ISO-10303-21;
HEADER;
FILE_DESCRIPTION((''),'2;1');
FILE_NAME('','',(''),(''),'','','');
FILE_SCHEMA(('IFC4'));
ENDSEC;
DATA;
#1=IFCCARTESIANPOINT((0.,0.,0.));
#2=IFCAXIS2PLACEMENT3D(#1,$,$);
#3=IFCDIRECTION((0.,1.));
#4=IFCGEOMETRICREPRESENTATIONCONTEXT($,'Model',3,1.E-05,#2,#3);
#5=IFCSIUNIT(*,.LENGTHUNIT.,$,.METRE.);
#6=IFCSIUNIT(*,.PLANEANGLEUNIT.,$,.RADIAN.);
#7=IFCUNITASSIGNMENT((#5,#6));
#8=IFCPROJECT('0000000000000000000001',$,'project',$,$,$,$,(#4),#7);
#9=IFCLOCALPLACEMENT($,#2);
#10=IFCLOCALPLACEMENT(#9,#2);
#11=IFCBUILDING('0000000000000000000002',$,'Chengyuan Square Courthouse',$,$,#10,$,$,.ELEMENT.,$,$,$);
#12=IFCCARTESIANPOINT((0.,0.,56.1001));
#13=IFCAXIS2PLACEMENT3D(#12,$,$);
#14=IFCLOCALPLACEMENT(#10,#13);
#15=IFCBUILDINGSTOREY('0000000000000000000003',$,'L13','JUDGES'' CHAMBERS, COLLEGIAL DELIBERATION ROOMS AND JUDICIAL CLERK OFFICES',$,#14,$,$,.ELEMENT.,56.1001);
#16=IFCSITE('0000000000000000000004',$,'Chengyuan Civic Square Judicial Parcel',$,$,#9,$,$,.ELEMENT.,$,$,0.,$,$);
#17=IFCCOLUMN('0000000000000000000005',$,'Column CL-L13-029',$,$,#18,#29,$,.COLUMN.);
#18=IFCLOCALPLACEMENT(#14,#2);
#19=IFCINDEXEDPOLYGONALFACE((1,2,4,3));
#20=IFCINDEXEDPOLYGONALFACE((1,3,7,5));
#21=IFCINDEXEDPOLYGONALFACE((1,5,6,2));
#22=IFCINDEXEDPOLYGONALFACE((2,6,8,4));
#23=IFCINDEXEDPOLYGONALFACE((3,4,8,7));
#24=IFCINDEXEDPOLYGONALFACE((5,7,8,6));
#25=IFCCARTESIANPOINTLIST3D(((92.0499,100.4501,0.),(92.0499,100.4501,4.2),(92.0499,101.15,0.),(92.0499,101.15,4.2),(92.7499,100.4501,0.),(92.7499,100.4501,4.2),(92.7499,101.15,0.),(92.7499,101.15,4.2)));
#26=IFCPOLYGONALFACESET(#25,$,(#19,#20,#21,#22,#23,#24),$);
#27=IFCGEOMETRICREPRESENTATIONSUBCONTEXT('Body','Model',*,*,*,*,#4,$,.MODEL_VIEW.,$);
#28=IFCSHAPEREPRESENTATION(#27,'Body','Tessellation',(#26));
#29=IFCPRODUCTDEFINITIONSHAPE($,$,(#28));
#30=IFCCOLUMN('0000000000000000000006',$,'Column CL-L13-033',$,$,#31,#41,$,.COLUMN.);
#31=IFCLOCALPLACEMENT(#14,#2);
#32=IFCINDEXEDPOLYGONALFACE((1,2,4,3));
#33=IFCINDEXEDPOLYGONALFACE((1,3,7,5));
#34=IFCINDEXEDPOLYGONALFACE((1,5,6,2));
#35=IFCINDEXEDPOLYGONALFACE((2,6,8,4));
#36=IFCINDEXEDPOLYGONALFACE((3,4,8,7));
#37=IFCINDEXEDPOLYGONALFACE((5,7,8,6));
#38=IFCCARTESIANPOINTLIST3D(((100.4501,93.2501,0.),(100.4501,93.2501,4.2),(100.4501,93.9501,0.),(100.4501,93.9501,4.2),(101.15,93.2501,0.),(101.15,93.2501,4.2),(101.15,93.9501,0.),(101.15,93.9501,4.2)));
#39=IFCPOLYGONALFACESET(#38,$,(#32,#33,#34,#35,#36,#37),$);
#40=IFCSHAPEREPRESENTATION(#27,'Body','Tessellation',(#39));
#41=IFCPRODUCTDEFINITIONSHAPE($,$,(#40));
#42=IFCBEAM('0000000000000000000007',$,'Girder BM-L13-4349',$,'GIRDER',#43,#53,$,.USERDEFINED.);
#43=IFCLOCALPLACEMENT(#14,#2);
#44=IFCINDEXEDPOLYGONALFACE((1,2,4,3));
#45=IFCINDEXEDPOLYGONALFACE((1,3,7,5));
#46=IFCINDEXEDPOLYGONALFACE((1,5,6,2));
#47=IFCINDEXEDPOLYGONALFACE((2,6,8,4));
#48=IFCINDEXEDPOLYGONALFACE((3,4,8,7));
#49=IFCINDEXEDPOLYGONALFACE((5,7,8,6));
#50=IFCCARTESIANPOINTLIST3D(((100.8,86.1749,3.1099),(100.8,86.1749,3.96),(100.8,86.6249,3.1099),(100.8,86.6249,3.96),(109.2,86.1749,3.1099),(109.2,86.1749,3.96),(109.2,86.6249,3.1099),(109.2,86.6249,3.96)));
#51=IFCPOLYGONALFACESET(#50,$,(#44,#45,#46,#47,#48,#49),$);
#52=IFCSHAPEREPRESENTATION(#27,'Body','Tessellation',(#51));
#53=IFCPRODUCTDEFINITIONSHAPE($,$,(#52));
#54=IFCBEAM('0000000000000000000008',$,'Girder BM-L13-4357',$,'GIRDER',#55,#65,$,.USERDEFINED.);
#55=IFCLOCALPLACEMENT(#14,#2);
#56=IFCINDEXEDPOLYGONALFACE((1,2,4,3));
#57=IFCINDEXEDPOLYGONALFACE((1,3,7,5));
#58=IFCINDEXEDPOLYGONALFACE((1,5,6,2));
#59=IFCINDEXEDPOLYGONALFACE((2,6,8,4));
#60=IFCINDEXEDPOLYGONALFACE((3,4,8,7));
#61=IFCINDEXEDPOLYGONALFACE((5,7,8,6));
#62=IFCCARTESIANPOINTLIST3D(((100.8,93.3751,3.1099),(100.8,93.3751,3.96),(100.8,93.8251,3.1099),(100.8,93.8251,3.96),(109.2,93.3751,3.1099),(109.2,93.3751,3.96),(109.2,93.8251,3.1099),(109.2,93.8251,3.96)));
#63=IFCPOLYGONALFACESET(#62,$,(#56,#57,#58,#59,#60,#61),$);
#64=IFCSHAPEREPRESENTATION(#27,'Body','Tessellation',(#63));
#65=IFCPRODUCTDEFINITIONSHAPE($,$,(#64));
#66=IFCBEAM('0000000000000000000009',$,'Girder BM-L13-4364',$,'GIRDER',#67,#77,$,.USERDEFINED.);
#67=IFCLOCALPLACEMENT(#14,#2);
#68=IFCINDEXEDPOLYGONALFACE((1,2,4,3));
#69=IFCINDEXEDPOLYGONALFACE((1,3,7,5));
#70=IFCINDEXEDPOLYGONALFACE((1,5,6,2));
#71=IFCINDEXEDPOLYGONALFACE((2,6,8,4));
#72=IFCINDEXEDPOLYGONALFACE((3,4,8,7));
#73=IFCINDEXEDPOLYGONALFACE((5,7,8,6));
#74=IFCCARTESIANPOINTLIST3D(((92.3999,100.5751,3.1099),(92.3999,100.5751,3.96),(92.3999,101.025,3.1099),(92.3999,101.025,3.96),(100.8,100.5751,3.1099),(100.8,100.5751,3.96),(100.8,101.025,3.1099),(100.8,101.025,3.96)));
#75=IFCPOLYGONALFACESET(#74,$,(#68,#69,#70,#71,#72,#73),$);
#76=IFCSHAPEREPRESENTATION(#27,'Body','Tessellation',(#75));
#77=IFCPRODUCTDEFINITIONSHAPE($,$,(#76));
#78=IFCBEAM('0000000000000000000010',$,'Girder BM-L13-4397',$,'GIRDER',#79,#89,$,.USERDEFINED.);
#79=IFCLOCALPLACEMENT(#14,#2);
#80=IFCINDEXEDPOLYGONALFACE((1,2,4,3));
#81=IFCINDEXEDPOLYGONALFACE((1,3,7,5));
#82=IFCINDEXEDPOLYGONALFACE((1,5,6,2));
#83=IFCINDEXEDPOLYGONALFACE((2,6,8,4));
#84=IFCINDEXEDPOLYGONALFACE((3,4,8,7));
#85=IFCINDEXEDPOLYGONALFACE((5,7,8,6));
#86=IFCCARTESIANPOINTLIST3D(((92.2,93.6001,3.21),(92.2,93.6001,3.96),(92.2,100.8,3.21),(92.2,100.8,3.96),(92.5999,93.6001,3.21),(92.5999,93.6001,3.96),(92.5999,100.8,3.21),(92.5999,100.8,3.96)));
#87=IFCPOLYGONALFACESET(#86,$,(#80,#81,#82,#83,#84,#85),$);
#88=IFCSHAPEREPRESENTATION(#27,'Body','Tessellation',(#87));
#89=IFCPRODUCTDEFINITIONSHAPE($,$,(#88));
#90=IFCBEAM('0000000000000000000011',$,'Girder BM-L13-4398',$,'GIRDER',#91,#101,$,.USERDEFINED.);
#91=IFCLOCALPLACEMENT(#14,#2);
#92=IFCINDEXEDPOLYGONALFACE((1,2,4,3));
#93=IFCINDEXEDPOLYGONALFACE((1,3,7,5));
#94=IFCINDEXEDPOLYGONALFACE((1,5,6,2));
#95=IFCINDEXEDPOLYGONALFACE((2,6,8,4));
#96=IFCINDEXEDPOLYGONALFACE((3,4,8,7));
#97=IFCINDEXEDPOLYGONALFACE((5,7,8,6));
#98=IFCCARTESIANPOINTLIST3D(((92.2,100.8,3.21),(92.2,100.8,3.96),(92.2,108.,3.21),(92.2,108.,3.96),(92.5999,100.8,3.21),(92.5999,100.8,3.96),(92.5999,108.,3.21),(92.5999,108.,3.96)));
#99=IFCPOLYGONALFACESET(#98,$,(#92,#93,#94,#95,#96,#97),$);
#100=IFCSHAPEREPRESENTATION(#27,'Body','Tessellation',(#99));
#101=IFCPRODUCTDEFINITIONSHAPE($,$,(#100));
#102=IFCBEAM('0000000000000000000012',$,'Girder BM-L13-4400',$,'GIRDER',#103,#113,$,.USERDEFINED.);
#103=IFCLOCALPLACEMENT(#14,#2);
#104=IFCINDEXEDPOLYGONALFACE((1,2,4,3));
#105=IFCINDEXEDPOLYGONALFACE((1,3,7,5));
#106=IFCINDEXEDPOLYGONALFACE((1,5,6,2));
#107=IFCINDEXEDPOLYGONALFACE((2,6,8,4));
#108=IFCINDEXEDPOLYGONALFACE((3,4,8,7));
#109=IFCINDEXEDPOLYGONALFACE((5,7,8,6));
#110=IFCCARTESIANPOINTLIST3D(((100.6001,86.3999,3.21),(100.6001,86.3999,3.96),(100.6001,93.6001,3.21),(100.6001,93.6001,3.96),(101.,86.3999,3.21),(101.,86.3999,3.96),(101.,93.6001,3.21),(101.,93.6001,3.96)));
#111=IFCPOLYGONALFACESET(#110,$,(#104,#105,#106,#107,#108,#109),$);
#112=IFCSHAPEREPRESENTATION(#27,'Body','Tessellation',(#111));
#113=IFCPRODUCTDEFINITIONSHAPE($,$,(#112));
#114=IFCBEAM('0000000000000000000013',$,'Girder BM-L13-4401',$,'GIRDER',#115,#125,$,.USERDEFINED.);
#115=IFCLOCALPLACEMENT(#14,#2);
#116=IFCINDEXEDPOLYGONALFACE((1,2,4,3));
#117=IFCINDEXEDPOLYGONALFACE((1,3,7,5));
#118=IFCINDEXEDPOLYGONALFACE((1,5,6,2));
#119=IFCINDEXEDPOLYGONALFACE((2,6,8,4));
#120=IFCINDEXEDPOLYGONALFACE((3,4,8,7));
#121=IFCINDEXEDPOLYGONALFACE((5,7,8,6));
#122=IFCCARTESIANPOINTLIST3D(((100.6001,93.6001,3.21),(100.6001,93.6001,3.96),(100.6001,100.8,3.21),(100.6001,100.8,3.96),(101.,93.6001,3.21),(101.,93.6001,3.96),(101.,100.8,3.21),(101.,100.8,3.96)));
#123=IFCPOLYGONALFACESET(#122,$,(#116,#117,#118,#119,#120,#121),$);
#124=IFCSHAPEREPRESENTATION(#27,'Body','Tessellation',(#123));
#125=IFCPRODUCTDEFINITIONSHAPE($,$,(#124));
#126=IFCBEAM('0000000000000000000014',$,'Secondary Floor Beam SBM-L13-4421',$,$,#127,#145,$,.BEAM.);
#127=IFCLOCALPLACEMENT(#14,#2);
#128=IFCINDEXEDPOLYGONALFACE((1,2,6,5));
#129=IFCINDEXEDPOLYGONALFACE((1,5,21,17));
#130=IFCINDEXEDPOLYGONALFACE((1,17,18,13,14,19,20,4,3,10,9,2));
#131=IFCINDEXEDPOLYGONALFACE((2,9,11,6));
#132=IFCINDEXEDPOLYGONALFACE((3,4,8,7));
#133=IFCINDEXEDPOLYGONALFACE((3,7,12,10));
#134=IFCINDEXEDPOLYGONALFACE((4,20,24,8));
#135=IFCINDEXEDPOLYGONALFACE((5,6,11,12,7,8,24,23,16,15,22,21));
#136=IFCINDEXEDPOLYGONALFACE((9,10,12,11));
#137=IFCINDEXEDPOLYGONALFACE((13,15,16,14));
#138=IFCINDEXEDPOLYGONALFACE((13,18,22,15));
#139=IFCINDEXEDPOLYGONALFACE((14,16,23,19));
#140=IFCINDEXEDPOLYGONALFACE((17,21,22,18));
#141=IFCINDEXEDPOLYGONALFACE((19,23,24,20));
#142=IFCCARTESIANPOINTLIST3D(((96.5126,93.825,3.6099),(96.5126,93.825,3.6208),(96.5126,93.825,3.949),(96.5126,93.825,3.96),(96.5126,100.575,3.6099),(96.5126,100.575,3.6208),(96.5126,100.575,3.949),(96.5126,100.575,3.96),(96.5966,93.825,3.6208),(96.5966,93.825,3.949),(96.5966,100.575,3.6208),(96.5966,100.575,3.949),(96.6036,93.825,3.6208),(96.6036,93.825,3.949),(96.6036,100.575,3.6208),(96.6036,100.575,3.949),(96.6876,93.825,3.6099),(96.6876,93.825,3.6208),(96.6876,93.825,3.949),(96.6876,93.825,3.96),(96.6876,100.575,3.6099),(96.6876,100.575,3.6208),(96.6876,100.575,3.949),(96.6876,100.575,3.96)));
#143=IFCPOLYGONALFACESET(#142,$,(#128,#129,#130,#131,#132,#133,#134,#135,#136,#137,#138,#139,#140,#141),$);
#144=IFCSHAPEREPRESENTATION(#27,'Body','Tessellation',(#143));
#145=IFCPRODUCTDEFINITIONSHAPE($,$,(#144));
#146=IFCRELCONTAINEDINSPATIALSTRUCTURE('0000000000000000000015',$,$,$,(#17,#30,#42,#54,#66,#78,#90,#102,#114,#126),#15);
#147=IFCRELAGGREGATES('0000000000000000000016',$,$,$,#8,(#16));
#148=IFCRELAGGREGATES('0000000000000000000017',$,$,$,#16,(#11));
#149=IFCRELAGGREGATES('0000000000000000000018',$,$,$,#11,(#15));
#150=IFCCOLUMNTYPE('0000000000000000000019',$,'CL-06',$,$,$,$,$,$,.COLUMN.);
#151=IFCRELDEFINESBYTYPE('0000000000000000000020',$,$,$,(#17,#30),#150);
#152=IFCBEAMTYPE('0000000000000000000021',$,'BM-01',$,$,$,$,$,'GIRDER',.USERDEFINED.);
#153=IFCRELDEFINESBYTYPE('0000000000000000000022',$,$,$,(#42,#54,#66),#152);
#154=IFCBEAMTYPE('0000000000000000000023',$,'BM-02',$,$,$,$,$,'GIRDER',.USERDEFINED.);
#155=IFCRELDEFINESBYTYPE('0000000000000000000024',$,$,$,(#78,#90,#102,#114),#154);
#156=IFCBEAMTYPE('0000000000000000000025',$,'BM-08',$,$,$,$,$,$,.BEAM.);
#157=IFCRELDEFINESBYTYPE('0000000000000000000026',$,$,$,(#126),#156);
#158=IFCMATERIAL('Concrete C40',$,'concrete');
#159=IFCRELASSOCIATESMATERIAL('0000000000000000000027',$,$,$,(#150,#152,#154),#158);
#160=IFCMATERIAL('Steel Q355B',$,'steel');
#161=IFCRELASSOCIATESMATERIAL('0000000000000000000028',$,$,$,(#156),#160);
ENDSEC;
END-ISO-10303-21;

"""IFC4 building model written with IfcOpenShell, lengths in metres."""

from ifc_helpers import new_model, si_unit, direction, frame, origin, origin_2d, place, context, subcontext, project, spatial, rectangle, i_section, extrude, material, material_profile, profile_set, type_object, element, save


model = new_model("IFC4")

# Units and contexts
model_context = context("Model", 3, precision=1e-05, world=origin(), true_north=direction((0.0, 1.0)))
body_context = subcontext(model_context, "Body", "Model", "MODEL_VIEW")
ifc_project = project(units=[si_unit("LENGTHUNIT", "METRE"), si_unit("PLANEANGLEUNIT", "RADIAN")], contexts=[model_context])

# Site, building, storey
site_placement = place(None, origin())
site = spatial("IfcSite", under=ifc_project, at=site_placement, Name="Chengyuan Civic Square Judicial Parcel", CompositionType="ELEMENT", RefElevation=0.0)
building_placement = place(site_placement, origin())
building = spatial("IfcBuilding", under=site, at=building_placement, Name="Chengyuan Square Courthouse", CompositionType="ELEMENT")
storey_placement = place(building_placement, frame((0.0, 0.0, 56.1001)))
storey = spatial("IfcBuildingStorey", under=building, at=storey_placement, Name="L13", Description="JUDGES' CHAMBERS, COLLEGIAL DELIBERATION ROOMS AND JUDICIAL CLERK OFFICES", CompositionType="ELEMENT", Elevation=56.1001)

# Columns
ifc_material_1 = material(Name="Concrete C40", Category="concrete")
ifc_material_profile_1 = material_profile(ifc_material_1, rectangle(XDim=0.7, YDim=0.7, at=origin_2d()), Name="RC-COL-700x700")
ifc_profile_set_1 = profile_set([ifc_material_profile_1], Name="Concrete C40")
column_type = type_object("IfcColumnType", Name="CL-06", PredefinedType="COLUMN", material=ifc_profile_set_1)
for number, where, z_axis, x_axis, name in (
    (1, (92.3999, 100.8, 0.0), (0.0, 0.0, 1.0), (1.0, 0.0, 0.0), "Column CL-L13-029"),
    (2, (100.8, 93.6001, 0.0), (0.0, 0.0, 1.0), (1.0, 0.0, 0.0), "Column CL-L13-033"),
):
    element("IfcColumn", number, at=place(storey_placement, frame(where, z_axis=z_axis, x_axis=x_axis)), inside=storey, type_object=column_type, Name=name, PredefinedType="COLUMN", context=body_context, shape_type="SweptSolid", body=[
        extrude(rectangle(XDim=0.7, YDim=0.7, at=origin_2d()), origin(), (0.0, 0.0, 1.0), 4.2),
    ])

# Beams
ifc_material_profile_2 = material_profile(ifc_material_1, rectangle(XDim=0.45, YDim=0.8501, at=origin_2d()), Name="RC-BM-450x850")
ifc_profile_set_2 = profile_set([ifc_material_profile_2], Name="Concrete C40")
beam_type_1 = type_object("IfcBeamType", Name="BM-01", ElementType="GIRDER", PredefinedType="USERDEFINED", material=ifc_profile_set_2)
for number, where, z_axis, x_axis, name in (
    (3, (100.8, 86.3999, 3.5349), (1.0, 0.0, 0.0), (0.0, 1.0, 0.0), "Girder BM-L13-4349"),
    (4, (100.8, 93.6001, 3.5349), (1.0, 0.0, 0.0), (0.0, 1.0, 0.0), "Girder BM-L13-4357"),
):
    element("IfcBeam", number, at=place(storey_placement, frame(where, z_axis=z_axis, x_axis=x_axis)), inside=storey, type_object=beam_type_1, Name=name, ObjectType="GIRDER", PredefinedType="USERDEFINED", context=body_context, shape_type="SweptSolid", body=[
        extrude(rectangle(XDim=0.45, YDim=0.8501, at=origin_2d()), origin(), (0.0, 0.0, 1.0), 8.3999),
    ])
beam_1_placement = place(storey_placement, frame((92.3999, 100.8, 3.5349), z_axis=(1.0, 0.0, 0.0), x_axis=(0.0, 1.0, 0.0)))
element("IfcBeam", 5, at=beam_1_placement, inside=storey, type_object=beam_type_1, Name="Girder BM-L13-4364", ObjectType="GIRDER", PredefinedType="USERDEFINED", context=body_context, shape_type="SweptSolid", body=[
    extrude(rectangle(XDim=0.45, YDim=0.8501, at=origin_2d()), origin(), (0.0, 0.0, 1.0), 8.4001),
])
ifc_material_profile_3 = material_profile(ifc_material_1, rectangle(XDim=0.3999, YDim=0.75, at=origin_2d()), Name="RC-BM-400x750")
ifc_profile_set_3 = profile_set([ifc_material_profile_3], Name="Concrete C40")
beam_type_2 = type_object("IfcBeamType", Name="BM-02", ElementType="GIRDER", PredefinedType="USERDEFINED", material=ifc_profile_set_3)
for number, where, z_axis, x_axis, name in (
    (6, (92.3999, 93.6001, 3.585), (0.0, 1.0, 0.0), (-1.0, 0.0, 0.0), "Girder BM-L13-4397"),
    (7, (92.3999, 100.8, 3.585), (0.0, 1.0, 0.0), (-1.0, 0.0, 0.0), "Girder BM-L13-4398"),
):
    element("IfcBeam", number, at=place(storey_placement, frame(where, z_axis=z_axis, x_axis=x_axis)), inside=storey, type_object=beam_type_2, Name=name, ObjectType="GIRDER", PredefinedType="USERDEFINED", context=body_context, shape_type="SweptSolid", body=[
        extrude(rectangle(XDim=0.3999, YDim=0.75, at=origin_2d()), origin(), (0.0, 0.0, 1.0), 7.2),
    ])
beam_2_placement = place(storey_placement, frame((100.8, 86.3999, 3.585), z_axis=(0.0, 1.0, 0.0), x_axis=(-1.0, 0.0, 0.0)))
element("IfcBeam", 8, at=beam_2_placement, inside=storey, type_object=beam_type_2, Name="Girder BM-L13-4400", ObjectType="GIRDER", PredefinedType="USERDEFINED", context=body_context, shape_type="SweptSolid", body=[
    extrude(rectangle(XDim=0.3999, YDim=0.75, at=origin_2d()), origin(), (0.0, 0.0, 1.0), 7.2002),
])
beam_3_placement = place(storey_placement, frame((100.8, 93.6001, 3.585), z_axis=(0.0, 1.0, 0.0), x_axis=(-1.0, 0.0, 0.0)))
element("IfcBeam", 9, at=beam_3_placement, inside=storey, type_object=beam_type_2, Name="Girder BM-L13-4401", ObjectType="GIRDER", PredefinedType="USERDEFINED", context=body_context, shape_type="SweptSolid", body=[
    extrude(rectangle(XDim=0.3999, YDim=0.75, at=origin_2d()), origin(), (0.0, 0.0, 1.0), 7.2),
])
ifc_material_2 = material(Name="Steel Q355B", Category="steel")
ifc_material_profile_4 = material_profile(ifc_material_2, i_section(OverallWidth=0.175, OverallDepth=0.3501, WebThickness=0.0071, FlangeThickness=0.011, at=origin_2d()), Name="HN 350x175x7x11")
ifc_profile_set_4 = profile_set([ifc_material_profile_4], Name="Steel Q355B")
beam_type_3 = type_object("IfcBeamType", Name="BM-08", PredefinedType="BEAM", material=ifc_profile_set_4)
beam_4_placement = place(storey_placement, frame((96.6001, 93.825, 3.7849), z_axis=(0.0, 1.0, 0.0), x_axis=(-1.0, 0.0, 0.0)))
element("IfcBeam", 10, at=beam_4_placement, inside=storey, type_object=beam_type_3, Name="Secondary Floor Beam SBM-L13-4421", PredefinedType="BEAM", context=body_context, shape_type="SweptSolid", body=[
    extrude(i_section(OverallWidth=0.175, OverallDepth=0.3501, WebThickness=0.0071, FlangeThickness=0.011, at=origin_2d()), origin(), (0.0, 0.0, 1.0), 6.75),
])

save(model, "model.ifc")
